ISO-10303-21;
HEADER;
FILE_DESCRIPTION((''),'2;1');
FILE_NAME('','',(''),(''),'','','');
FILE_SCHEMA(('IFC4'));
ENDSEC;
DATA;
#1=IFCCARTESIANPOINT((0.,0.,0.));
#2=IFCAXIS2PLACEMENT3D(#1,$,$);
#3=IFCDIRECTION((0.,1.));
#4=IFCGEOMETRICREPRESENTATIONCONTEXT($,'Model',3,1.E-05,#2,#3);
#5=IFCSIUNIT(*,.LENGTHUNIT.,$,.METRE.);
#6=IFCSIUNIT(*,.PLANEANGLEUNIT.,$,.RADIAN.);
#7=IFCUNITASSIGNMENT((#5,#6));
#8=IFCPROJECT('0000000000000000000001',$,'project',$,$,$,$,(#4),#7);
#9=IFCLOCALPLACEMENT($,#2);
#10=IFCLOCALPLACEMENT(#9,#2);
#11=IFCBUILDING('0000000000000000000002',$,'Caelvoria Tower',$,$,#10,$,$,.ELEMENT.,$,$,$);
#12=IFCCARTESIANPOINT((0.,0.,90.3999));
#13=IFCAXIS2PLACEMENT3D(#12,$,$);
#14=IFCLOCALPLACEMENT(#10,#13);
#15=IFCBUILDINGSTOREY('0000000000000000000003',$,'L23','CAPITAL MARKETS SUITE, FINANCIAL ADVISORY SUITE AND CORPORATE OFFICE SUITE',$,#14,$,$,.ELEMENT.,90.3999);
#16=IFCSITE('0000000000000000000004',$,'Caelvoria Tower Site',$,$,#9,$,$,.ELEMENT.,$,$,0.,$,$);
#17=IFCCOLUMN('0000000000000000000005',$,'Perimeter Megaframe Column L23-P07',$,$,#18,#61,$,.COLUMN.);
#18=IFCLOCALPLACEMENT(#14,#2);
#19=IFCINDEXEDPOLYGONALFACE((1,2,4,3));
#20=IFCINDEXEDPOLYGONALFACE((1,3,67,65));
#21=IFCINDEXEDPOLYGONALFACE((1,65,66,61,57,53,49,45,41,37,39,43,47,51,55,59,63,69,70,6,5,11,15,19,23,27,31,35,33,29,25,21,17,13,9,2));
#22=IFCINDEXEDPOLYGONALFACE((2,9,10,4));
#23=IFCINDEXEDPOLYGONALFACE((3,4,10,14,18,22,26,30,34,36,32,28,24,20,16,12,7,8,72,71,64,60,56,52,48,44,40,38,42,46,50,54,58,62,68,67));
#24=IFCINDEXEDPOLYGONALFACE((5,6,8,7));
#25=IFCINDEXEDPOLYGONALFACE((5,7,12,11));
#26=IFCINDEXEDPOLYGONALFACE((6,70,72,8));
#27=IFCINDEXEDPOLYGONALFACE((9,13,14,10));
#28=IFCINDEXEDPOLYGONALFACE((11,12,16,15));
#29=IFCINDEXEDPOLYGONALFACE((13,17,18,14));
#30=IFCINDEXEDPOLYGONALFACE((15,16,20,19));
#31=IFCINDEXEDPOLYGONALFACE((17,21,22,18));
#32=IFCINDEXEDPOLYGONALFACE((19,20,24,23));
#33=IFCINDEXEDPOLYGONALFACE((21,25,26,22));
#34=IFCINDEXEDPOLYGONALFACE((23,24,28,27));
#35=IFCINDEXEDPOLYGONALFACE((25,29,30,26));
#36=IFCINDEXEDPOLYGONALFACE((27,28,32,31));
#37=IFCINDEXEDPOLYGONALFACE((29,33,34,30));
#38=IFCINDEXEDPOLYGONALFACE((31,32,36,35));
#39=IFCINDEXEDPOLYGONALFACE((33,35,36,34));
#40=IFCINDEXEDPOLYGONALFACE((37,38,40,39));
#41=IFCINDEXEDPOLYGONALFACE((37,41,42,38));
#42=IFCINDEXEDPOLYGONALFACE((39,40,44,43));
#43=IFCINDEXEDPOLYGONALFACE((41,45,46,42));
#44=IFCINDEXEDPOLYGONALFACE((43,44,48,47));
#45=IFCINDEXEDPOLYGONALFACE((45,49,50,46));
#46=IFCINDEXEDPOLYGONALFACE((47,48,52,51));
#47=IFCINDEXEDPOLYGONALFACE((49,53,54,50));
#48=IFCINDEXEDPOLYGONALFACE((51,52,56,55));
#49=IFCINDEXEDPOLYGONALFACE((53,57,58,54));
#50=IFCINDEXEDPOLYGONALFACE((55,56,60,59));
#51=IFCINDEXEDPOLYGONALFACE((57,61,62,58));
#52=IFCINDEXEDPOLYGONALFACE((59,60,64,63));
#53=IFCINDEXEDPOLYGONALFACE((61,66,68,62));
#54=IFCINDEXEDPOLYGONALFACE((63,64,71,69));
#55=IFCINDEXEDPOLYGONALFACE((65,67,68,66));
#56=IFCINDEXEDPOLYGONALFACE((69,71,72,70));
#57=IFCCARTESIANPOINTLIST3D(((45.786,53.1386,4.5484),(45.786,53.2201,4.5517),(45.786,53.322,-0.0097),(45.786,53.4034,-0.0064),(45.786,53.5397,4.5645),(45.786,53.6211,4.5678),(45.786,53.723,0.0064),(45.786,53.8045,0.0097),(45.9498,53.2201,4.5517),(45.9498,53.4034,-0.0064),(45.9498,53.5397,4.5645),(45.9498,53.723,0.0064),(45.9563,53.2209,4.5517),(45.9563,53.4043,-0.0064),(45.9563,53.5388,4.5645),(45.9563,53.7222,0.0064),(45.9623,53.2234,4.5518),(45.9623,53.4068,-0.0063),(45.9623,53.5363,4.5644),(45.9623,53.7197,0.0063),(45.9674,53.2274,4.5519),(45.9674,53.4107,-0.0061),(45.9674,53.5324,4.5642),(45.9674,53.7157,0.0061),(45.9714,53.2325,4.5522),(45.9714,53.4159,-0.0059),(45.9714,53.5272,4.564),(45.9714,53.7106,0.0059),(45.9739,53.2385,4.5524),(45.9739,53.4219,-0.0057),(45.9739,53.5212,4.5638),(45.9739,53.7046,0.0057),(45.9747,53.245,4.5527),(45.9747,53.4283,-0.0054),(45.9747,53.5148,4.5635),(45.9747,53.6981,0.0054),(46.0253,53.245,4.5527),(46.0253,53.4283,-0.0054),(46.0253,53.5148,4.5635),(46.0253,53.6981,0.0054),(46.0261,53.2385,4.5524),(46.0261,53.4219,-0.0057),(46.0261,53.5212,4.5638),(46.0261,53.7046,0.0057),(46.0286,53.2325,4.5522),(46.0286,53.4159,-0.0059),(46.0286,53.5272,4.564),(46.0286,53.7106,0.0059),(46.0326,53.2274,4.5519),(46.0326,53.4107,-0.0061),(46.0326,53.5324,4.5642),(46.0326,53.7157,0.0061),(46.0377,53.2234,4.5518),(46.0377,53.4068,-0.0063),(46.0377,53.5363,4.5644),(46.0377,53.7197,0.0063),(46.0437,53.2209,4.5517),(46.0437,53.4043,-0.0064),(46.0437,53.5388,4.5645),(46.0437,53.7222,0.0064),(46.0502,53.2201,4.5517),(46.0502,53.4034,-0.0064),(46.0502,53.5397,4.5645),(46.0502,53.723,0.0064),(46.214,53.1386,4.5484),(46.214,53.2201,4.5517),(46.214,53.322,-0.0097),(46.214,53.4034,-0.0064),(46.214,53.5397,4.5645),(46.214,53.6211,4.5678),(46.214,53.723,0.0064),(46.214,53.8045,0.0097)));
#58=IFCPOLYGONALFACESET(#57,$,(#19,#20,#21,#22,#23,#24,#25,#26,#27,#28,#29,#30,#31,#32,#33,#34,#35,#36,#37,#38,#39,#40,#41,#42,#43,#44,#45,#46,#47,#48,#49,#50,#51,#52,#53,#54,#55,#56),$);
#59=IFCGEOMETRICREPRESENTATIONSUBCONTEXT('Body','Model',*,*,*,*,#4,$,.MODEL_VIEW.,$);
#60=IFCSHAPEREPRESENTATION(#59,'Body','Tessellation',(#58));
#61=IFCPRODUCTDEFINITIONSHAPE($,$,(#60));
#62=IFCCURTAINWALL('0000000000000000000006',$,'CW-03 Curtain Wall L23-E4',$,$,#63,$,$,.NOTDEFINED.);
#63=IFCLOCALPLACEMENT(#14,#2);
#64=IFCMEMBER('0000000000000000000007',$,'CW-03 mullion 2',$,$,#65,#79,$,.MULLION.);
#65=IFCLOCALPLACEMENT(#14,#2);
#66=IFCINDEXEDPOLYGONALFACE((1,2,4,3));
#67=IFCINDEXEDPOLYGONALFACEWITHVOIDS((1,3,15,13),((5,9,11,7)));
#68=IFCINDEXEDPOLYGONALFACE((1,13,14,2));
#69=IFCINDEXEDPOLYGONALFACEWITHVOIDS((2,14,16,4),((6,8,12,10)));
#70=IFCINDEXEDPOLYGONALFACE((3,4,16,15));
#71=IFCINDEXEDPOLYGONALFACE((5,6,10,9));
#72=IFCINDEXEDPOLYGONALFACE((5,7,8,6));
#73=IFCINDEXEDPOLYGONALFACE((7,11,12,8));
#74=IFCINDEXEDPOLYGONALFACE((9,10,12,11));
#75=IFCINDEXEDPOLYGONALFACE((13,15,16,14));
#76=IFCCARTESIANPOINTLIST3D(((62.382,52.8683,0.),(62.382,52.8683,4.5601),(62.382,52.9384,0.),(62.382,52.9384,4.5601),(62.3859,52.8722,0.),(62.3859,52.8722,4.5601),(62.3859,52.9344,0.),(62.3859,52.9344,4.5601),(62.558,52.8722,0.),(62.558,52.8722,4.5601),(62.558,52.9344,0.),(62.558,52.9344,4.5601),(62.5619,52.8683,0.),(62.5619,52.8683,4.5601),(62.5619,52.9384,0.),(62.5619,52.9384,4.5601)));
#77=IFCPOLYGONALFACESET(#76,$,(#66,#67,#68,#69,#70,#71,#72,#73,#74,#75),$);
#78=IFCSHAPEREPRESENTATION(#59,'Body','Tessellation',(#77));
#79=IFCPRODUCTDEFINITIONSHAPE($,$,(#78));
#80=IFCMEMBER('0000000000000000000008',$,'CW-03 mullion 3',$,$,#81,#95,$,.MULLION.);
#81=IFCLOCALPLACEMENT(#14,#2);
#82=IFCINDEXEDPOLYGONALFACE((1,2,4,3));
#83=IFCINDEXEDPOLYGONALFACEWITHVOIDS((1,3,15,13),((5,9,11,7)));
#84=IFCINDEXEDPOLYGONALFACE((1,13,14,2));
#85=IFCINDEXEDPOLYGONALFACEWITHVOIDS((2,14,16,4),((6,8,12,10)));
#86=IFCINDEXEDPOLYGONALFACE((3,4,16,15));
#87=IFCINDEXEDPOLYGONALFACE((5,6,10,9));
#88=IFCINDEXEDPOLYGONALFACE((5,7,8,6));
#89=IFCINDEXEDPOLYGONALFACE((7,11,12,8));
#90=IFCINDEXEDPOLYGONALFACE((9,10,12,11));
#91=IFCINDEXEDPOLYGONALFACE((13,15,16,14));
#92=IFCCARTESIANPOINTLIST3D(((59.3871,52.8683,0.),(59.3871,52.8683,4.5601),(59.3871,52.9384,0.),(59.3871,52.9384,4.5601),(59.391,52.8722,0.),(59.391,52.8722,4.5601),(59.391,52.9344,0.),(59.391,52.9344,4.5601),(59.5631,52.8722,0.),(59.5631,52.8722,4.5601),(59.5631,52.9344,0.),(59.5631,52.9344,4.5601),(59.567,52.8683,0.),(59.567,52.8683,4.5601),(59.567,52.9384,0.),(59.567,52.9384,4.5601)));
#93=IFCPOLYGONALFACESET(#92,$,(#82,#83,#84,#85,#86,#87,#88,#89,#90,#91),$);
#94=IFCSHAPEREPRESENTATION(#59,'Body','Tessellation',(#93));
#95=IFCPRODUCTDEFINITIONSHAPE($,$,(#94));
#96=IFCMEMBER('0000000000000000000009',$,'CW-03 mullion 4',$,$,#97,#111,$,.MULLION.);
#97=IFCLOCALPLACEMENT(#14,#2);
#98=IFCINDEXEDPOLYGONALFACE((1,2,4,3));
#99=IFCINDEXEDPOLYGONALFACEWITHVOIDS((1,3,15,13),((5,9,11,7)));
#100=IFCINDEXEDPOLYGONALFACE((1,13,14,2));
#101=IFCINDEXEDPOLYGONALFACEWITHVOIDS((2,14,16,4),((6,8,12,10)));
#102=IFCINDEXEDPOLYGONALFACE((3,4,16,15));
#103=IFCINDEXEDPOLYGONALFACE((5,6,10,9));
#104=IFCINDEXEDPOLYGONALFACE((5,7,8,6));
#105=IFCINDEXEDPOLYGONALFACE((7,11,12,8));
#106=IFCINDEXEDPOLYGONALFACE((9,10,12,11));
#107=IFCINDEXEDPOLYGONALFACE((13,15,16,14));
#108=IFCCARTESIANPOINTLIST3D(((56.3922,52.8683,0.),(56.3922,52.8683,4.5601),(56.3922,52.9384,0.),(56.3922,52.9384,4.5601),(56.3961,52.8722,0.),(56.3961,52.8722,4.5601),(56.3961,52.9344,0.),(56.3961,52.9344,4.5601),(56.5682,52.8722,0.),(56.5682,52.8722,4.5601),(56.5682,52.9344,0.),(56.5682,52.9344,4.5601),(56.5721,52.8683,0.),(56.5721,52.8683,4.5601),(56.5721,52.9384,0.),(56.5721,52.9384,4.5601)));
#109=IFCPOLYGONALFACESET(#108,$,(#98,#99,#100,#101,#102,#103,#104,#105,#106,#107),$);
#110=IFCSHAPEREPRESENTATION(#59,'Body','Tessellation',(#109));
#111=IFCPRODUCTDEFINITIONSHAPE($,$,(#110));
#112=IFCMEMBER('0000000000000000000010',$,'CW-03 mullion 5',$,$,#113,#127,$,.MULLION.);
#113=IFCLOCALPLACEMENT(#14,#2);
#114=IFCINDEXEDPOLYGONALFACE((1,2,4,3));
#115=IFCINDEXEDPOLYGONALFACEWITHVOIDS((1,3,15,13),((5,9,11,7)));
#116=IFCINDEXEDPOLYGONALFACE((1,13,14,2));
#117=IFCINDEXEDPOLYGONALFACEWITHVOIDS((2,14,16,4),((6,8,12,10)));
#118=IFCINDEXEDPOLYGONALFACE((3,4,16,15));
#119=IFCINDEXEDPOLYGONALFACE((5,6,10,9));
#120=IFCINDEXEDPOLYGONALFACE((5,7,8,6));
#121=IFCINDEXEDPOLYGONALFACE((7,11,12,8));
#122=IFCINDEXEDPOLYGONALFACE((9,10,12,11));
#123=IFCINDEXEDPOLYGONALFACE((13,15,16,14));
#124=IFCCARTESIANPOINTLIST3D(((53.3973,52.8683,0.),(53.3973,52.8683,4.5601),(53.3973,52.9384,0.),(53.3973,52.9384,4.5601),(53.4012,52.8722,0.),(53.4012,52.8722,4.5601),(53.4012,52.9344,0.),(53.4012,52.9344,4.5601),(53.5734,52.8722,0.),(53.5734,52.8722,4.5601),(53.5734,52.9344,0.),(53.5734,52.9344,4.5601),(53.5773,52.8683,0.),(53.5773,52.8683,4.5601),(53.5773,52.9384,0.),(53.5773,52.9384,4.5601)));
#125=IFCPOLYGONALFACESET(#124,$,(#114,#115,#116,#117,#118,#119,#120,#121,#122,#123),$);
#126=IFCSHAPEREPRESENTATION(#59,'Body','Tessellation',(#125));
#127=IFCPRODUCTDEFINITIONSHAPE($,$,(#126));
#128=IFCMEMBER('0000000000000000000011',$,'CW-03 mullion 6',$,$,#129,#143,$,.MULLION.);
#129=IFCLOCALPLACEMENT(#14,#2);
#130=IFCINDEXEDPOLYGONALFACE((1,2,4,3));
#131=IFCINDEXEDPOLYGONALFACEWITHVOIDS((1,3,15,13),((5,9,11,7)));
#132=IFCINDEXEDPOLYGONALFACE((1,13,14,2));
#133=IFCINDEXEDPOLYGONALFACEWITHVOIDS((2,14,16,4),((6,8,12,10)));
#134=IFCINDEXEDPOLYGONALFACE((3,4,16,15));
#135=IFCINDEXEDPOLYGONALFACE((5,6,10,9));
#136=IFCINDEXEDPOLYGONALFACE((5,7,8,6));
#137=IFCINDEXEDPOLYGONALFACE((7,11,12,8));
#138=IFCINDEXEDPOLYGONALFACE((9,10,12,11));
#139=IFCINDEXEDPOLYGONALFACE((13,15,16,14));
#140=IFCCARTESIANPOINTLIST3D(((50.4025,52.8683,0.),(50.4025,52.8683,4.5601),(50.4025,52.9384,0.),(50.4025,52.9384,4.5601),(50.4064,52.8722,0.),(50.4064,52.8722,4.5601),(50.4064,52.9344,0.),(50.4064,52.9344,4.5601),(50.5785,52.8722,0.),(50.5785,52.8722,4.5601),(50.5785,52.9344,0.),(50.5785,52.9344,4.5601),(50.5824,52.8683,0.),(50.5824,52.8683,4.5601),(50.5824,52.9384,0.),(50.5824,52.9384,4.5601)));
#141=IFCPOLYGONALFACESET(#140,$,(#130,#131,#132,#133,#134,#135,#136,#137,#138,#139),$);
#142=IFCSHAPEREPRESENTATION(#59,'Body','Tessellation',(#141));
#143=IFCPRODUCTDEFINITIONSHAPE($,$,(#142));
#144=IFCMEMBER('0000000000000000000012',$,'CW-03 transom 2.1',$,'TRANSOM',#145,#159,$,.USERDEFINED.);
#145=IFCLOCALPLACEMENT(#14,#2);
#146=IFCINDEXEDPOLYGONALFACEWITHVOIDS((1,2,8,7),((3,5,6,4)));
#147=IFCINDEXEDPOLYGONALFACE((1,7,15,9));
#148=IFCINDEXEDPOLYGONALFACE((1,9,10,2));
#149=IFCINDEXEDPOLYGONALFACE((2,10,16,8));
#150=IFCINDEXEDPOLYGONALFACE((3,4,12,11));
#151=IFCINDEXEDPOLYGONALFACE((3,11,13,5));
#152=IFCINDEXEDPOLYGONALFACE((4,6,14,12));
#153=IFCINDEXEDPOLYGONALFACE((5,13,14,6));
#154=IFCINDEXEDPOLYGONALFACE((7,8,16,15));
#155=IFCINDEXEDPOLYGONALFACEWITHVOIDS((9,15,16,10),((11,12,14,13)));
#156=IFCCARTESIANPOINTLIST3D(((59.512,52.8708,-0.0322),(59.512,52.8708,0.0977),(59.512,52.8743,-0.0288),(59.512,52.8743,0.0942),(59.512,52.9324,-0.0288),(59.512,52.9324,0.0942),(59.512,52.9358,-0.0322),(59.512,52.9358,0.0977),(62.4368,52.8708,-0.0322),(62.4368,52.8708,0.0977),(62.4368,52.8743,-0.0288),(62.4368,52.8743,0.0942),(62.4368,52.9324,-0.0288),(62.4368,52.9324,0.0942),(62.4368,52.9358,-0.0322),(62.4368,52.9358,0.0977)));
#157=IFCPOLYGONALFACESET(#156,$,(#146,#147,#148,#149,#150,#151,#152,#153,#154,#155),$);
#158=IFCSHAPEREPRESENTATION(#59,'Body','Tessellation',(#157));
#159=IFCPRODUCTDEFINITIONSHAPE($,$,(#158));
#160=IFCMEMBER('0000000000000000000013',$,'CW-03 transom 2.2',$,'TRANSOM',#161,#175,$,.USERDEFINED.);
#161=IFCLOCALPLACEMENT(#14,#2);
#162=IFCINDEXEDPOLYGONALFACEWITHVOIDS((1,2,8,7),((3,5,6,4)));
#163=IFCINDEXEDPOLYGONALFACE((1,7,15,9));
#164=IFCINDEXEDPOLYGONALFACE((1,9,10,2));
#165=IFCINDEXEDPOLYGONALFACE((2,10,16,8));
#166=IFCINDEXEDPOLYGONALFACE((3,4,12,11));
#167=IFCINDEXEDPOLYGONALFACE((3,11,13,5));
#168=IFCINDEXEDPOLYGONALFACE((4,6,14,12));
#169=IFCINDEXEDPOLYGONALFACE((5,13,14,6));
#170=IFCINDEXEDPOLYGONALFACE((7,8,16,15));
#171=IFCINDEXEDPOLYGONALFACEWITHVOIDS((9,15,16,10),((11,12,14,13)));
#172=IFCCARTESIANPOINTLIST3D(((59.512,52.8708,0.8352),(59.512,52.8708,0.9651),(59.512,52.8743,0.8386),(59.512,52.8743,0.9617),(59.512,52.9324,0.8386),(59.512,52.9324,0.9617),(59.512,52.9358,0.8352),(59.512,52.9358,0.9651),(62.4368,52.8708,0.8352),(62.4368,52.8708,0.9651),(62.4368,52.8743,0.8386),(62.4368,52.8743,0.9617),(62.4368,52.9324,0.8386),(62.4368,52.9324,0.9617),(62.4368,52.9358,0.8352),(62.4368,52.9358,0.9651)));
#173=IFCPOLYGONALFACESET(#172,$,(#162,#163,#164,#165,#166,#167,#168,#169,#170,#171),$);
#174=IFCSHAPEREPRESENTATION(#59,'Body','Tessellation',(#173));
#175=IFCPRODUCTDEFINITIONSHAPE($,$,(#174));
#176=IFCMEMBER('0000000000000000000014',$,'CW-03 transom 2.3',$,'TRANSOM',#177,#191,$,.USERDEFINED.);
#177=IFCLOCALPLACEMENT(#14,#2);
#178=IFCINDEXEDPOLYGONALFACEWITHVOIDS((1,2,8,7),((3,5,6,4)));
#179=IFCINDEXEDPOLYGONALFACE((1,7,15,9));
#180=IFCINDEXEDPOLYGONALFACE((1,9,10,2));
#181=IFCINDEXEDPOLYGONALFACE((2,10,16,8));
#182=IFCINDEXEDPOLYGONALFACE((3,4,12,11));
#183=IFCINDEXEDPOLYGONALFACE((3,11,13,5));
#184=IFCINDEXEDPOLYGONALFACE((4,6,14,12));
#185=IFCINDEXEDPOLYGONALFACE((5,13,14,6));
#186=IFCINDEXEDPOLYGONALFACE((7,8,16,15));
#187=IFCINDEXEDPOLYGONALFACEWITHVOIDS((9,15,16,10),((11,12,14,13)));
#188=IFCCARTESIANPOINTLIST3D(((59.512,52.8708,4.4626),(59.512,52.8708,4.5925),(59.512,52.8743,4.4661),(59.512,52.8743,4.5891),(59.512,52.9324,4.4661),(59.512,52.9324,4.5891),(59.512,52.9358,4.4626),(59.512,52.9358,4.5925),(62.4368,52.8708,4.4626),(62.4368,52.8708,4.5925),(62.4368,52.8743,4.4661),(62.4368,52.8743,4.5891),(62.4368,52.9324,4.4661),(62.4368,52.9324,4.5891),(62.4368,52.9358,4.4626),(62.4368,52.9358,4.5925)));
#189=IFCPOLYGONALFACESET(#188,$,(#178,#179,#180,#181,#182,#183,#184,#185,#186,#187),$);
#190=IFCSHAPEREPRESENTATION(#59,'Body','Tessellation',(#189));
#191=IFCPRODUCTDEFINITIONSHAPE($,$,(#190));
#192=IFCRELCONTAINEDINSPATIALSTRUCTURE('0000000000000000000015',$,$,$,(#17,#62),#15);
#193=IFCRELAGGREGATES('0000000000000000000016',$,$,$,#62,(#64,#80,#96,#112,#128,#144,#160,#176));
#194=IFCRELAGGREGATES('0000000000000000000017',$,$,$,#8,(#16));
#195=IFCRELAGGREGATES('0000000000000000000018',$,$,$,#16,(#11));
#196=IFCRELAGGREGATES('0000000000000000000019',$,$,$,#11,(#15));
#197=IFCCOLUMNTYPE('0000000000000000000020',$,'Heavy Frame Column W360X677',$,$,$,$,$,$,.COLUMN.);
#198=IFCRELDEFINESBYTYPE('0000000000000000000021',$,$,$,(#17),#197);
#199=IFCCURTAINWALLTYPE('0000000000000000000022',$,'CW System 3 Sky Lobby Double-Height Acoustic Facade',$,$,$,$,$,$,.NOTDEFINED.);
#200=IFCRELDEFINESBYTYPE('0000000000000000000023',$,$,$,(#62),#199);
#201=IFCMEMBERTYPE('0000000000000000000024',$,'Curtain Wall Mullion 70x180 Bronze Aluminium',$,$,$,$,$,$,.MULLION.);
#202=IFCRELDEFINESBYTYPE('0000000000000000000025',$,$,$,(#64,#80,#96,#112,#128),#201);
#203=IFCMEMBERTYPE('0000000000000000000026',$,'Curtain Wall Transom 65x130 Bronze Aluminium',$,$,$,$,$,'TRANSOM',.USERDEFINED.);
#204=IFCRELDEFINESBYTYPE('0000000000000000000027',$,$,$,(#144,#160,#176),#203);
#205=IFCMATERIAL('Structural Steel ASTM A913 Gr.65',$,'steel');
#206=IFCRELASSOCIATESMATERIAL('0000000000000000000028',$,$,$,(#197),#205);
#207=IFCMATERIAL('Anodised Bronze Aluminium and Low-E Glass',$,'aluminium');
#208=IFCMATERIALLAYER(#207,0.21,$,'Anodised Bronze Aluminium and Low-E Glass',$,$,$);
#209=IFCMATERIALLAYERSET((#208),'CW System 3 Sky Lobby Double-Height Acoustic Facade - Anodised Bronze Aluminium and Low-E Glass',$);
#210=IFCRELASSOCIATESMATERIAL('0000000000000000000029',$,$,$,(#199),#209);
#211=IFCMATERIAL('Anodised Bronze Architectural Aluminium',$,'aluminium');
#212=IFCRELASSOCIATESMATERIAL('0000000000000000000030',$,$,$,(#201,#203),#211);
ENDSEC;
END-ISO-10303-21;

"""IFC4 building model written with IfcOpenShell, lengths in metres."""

from ifc_helpers import new_model, si_unit, direction, frame, origin, origin_2d, place, context, subcontext, project, spatial, hollow_rectangle, i_section, extrude, material, layer, layer_set, material_profile, profile_set, type_object, element, aggregate, save


model = new_model("IFC4")

# Units and contexts
model_context = context("Model", 3, precision=1e-05, world=origin(), true_north=direction((0.0, 1.0)))
body_context = subcontext(model_context, "Body", "Model", "MODEL_VIEW")
ifc_project = project(units=[si_unit("LENGTHUNIT", "METRE"), si_unit("PLANEANGLEUNIT", "RADIAN")], contexts=[model_context])

# Site, building, storey
site_placement = place(None, origin())
site = spatial("IfcSite", under=ifc_project, at=site_placement, Name="Caelvoria Tower Site", CompositionType="ELEMENT", RefElevation=0.0)
building_placement = place(site_placement, origin())
building = spatial("IfcBuilding", under=site, at=building_placement, Name="Caelvoria Tower", CompositionType="ELEMENT")
storey_placement = place(building_placement, frame((0.0, 0.0, 90.3999)))
storey = spatial("IfcBuildingStorey", under=building, at=storey_placement, Name="L23", Description="CAPITAL MARKETS SUITE, FINANCIAL ADVISORY SUITE AND CORPORATE OFFICE SUITE", CompositionType="ELEMENT", Elevation=90.3999)

# Column
ifc_material_1 = material(Name="Structural Steel ASTM A913 Gr.65", Category="steel")
ifc_material_profile_1 = material_profile(ifc_material_1, i_section(OverallWidth=0.428, OverallDepth=0.4829, WebThickness=0.0505, FlangeThickness=0.0815, FilletRadius=0.0249, at=origin_2d()), Name="Structural Steel ASTM A913 Gr.65")
ifc_profile_set_1 = profile_set([ifc_material_profile_1], Name="W360X677 - Structural Steel ASTM A913 Gr.65")
column_type = type_object("IfcColumnType", Name="Heavy Frame Column W360X677", PredefinedType="COLUMN", material=ifc_profile_set_1)
column_placement = place(storey_placement, frame((46.0, 53.5632, 0.0), z_axis=(0.0, -0.040192, 0.999192), x_axis=(1.0, 0.0, 0.0)))
element("IfcColumn", 1, at=column_placement, inside=storey, type_object=column_type, Name="Perimeter Megaframe Column L23-P07", PredefinedType="COLUMN", context=body_context, shape_type="SweptSolid", body=[
    extrude(i_section(OverallWidth=0.428, OverallDepth=0.4829, WebThickness=0.0505, FlangeThickness=0.0815, FilletRadius=0.0249, at=origin_2d()), origin(), (0.0, 0.0, 1.0), 4.5618),
])

# Curtain wall, members
ifc_material_2 = material(Name="Anodised Bronze Aluminium and Low-E Glass", Category="aluminium")
ifc_layer_1 = layer(ifc_material_2, 0.21, Name="Anodised Bronze Aluminium and Low-E Glass")
ifc_layer_set_1 = layer_set([ifc_layer_1], Name="CW System 3 Sky Lobby Double-Height Acoustic Facade - Anodised Bronze Aluminium and Low-E Glass")
curtain_wall_type = type_object("IfcCurtainWallType", Name="CW System 3 Sky Lobby Double-Height Acoustic Facade", PredefinedType="NOTDEFINED", material=ifc_layer_set_1)
curtain_wall_placement = place(storey_placement, origin())
curtain_wall = element("IfcCurtainWall", 2, at=curtain_wall_placement, inside=storey, type_object=curtain_wall_type, Name="CW-03 Curtain Wall L23-E4", PredefinedType="NOTDEFINED")
ifc_material_3 = material(Name="Anodised Bronze Architectural Aluminium", Category="aluminium")
ifc_material_profile_2 = material_profile(ifc_material_3, hollow_rectangle(XDim=0.0701, YDim=0.1799, WallThickness=0.0039, at=origin_2d()), Name="Anodised Bronze Architectural Aluminium")
ifc_profile_set_2 = profile_set([ifc_material_profile_2], Name="CW_MULL_70X180 - Anodised Bronze Architectural Aluminium")
member_type_1 = type_object("IfcMemberType", Name="Curtain Wall Mullion 70x180 Bronze Aluminium", PredefinedType="MULLION", material=ifc_profile_set_2)
member_1_placement = place(storey_placement, frame((62.4719, 52.9033, 0.0), z_axis=(0.0, 0.0, 1.0), x_axis=(0.0, -1.0, 0.0)))
member_1 = element("IfcMember", 3, at=member_1_placement, type_object=member_type_1, Name="CW-03 mullion 2", PredefinedType="MULLION", context=body_context, shape_type="SweptSolid", body=[
    extrude(hollow_rectangle(XDim=0.0701, YDim=0.1799, WallThickness=0.0039, at=origin_2d()), origin(), (0.0, 0.0, 1.0), 4.5601),
])
member_2_placement = place(storey_placement, frame((59.4771, 52.9033, 0.0), z_axis=(0.0, 0.0, 1.0), x_axis=(0.0, -1.0, 0.0)))
member_2 = element("IfcMember", 4, at=member_2_placement, type_object=member_type_1, Name="CW-03 mullion 3", PredefinedType="MULLION", context=body_context, shape_type="SweptSolid", body=[
    extrude(hollow_rectangle(XDim=0.0701, YDim=0.1799, WallThickness=0.0039, at=origin_2d()), origin(), (0.0, 0.0, 1.0), 4.5601),
])
member_3_placement = place(storey_placement, frame((56.4822, 52.9033, 0.0), z_axis=(0.0, 0.0, 1.0), x_axis=(0.0, -1.0, 0.0)))
member_3 = element("IfcMember", 5, at=member_3_placement, type_object=member_type_1, Name="CW-03 mullion 4", PredefinedType="MULLION", context=body_context, shape_type="SweptSolid", body=[
    extrude(hollow_rectangle(XDim=0.0701, YDim=0.1799, WallThickness=0.0039, at=origin_2d()), origin(), (0.0, 0.0, 1.0), 4.5601),
])
member_4_placement = place(storey_placement, frame((53.4873, 52.9033, 0.0), z_axis=(0.0, 0.0, 1.0), x_axis=(0.0, -1.0, 0.0)))
member_4 = element("IfcMember", 6, at=member_4_placement, type_object=member_type_1, Name="CW-03 mullion 5", PredefinedType="MULLION", context=body_context, shape_type="SweptSolid", body=[
    extrude(hollow_rectangle(XDim=0.0701, YDim=0.1799, WallThickness=0.0039, at=origin_2d()), origin(), (0.0, 0.0, 1.0), 4.5601),
])
member_5_placement = place(storey_placement, frame((50.4924, 52.9033, 0.0), z_axis=(0.0, 0.0, 1.0), x_axis=(0.0, -1.0, 0.0)))
member_5 = element("IfcMember", 7, at=member_5_placement, type_object=member_type_1, Name="CW-03 mullion 6", PredefinedType="MULLION", context=body_context, shape_type="SweptSolid", body=[
    extrude(hollow_rectangle(XDim=0.0701, YDim=0.1799, WallThickness=0.0039, at=origin_2d()), origin(), (0.0, 0.0, 1.0), 4.5601),
])
ifc_material_profile_3 = material_profile(ifc_material_3, hollow_rectangle(XDim=0.0649, YDim=0.1299, WallThickness=0.0034, at=origin_2d()), Name="Anodised Bronze Architectural Aluminium")
ifc_profile_set_3 = profile_set([ifc_material_profile_3], Name="CW_TRAN_65X130 - Anodised Bronze Architectural Aluminium")
member_type_2 = type_object("IfcMemberType", Name="Curtain Wall Transom 65x130 Bronze Aluminium", ElementType="TRANSOM", PredefinedType="USERDEFINED", material=ifc_profile_set_3)
member_6_placement = place(storey_placement, frame((62.4368, 52.9033, 0.0327), z_axis=(-1.0, 0.0, 0.0), x_axis=(0.0, -1.0, 0.0)))
member_6 = element("IfcMember", 8, at=member_6_placement, type_object=member_type_2, Name="CW-03 transom 2.1", ObjectType="TRANSOM", PredefinedType="USERDEFINED", context=body_context, shape_type="SweptSolid", body=[
    extrude(hollow_rectangle(XDim=0.0649, YDim=0.1299, WallThickness=0.0034, at=origin_2d()), origin(), (0.0, 0.0, 1.0), 2.9248),
])
member_7_placement = place(storey_placement, frame((62.4368, 52.9033, 0.9001), z_axis=(-1.0, 0.0, 0.0), x_axis=(0.0, -1.0, 0.0)))
member_7 = element("IfcMember", 9, at=member_7_placement, type_object=member_type_2, Name="CW-03 transom 2.2", ObjectType="TRANSOM", PredefinedType="USERDEFINED", context=body_context, shape_type="SweptSolid", body=[
    extrude(hollow_rectangle(XDim=0.0649, YDim=0.1299, WallThickness=0.0034, at=origin_2d()), origin(), (0.0, 0.0, 1.0), 2.9248),
])
member_8_placement = place(storey_placement, frame((62.4368, 52.9033, 4.5276), z_axis=(-1.0, 0.0, 0.0), x_axis=(0.0, -1.0, 0.0)))
member_8 = element("IfcMember", 10, at=member_8_placement, type_object=member_type_2, Name="CW-03 transom 2.3", ObjectType="TRANSOM", PredefinedType="USERDEFINED", context=body_context, shape_type="SweptSolid", body=[
    extrude(hollow_rectangle(XDim=0.0649, YDim=0.1299, WallThickness=0.0034, at=origin_2d()), origin(), (0.0, 0.0, 1.0), 2.9248),
])

aggregate(curtain_wall, [member_1, member_2, member_3, member_4, member_5, member_6, member_7, member_8])

save(model, "model.ifc")
